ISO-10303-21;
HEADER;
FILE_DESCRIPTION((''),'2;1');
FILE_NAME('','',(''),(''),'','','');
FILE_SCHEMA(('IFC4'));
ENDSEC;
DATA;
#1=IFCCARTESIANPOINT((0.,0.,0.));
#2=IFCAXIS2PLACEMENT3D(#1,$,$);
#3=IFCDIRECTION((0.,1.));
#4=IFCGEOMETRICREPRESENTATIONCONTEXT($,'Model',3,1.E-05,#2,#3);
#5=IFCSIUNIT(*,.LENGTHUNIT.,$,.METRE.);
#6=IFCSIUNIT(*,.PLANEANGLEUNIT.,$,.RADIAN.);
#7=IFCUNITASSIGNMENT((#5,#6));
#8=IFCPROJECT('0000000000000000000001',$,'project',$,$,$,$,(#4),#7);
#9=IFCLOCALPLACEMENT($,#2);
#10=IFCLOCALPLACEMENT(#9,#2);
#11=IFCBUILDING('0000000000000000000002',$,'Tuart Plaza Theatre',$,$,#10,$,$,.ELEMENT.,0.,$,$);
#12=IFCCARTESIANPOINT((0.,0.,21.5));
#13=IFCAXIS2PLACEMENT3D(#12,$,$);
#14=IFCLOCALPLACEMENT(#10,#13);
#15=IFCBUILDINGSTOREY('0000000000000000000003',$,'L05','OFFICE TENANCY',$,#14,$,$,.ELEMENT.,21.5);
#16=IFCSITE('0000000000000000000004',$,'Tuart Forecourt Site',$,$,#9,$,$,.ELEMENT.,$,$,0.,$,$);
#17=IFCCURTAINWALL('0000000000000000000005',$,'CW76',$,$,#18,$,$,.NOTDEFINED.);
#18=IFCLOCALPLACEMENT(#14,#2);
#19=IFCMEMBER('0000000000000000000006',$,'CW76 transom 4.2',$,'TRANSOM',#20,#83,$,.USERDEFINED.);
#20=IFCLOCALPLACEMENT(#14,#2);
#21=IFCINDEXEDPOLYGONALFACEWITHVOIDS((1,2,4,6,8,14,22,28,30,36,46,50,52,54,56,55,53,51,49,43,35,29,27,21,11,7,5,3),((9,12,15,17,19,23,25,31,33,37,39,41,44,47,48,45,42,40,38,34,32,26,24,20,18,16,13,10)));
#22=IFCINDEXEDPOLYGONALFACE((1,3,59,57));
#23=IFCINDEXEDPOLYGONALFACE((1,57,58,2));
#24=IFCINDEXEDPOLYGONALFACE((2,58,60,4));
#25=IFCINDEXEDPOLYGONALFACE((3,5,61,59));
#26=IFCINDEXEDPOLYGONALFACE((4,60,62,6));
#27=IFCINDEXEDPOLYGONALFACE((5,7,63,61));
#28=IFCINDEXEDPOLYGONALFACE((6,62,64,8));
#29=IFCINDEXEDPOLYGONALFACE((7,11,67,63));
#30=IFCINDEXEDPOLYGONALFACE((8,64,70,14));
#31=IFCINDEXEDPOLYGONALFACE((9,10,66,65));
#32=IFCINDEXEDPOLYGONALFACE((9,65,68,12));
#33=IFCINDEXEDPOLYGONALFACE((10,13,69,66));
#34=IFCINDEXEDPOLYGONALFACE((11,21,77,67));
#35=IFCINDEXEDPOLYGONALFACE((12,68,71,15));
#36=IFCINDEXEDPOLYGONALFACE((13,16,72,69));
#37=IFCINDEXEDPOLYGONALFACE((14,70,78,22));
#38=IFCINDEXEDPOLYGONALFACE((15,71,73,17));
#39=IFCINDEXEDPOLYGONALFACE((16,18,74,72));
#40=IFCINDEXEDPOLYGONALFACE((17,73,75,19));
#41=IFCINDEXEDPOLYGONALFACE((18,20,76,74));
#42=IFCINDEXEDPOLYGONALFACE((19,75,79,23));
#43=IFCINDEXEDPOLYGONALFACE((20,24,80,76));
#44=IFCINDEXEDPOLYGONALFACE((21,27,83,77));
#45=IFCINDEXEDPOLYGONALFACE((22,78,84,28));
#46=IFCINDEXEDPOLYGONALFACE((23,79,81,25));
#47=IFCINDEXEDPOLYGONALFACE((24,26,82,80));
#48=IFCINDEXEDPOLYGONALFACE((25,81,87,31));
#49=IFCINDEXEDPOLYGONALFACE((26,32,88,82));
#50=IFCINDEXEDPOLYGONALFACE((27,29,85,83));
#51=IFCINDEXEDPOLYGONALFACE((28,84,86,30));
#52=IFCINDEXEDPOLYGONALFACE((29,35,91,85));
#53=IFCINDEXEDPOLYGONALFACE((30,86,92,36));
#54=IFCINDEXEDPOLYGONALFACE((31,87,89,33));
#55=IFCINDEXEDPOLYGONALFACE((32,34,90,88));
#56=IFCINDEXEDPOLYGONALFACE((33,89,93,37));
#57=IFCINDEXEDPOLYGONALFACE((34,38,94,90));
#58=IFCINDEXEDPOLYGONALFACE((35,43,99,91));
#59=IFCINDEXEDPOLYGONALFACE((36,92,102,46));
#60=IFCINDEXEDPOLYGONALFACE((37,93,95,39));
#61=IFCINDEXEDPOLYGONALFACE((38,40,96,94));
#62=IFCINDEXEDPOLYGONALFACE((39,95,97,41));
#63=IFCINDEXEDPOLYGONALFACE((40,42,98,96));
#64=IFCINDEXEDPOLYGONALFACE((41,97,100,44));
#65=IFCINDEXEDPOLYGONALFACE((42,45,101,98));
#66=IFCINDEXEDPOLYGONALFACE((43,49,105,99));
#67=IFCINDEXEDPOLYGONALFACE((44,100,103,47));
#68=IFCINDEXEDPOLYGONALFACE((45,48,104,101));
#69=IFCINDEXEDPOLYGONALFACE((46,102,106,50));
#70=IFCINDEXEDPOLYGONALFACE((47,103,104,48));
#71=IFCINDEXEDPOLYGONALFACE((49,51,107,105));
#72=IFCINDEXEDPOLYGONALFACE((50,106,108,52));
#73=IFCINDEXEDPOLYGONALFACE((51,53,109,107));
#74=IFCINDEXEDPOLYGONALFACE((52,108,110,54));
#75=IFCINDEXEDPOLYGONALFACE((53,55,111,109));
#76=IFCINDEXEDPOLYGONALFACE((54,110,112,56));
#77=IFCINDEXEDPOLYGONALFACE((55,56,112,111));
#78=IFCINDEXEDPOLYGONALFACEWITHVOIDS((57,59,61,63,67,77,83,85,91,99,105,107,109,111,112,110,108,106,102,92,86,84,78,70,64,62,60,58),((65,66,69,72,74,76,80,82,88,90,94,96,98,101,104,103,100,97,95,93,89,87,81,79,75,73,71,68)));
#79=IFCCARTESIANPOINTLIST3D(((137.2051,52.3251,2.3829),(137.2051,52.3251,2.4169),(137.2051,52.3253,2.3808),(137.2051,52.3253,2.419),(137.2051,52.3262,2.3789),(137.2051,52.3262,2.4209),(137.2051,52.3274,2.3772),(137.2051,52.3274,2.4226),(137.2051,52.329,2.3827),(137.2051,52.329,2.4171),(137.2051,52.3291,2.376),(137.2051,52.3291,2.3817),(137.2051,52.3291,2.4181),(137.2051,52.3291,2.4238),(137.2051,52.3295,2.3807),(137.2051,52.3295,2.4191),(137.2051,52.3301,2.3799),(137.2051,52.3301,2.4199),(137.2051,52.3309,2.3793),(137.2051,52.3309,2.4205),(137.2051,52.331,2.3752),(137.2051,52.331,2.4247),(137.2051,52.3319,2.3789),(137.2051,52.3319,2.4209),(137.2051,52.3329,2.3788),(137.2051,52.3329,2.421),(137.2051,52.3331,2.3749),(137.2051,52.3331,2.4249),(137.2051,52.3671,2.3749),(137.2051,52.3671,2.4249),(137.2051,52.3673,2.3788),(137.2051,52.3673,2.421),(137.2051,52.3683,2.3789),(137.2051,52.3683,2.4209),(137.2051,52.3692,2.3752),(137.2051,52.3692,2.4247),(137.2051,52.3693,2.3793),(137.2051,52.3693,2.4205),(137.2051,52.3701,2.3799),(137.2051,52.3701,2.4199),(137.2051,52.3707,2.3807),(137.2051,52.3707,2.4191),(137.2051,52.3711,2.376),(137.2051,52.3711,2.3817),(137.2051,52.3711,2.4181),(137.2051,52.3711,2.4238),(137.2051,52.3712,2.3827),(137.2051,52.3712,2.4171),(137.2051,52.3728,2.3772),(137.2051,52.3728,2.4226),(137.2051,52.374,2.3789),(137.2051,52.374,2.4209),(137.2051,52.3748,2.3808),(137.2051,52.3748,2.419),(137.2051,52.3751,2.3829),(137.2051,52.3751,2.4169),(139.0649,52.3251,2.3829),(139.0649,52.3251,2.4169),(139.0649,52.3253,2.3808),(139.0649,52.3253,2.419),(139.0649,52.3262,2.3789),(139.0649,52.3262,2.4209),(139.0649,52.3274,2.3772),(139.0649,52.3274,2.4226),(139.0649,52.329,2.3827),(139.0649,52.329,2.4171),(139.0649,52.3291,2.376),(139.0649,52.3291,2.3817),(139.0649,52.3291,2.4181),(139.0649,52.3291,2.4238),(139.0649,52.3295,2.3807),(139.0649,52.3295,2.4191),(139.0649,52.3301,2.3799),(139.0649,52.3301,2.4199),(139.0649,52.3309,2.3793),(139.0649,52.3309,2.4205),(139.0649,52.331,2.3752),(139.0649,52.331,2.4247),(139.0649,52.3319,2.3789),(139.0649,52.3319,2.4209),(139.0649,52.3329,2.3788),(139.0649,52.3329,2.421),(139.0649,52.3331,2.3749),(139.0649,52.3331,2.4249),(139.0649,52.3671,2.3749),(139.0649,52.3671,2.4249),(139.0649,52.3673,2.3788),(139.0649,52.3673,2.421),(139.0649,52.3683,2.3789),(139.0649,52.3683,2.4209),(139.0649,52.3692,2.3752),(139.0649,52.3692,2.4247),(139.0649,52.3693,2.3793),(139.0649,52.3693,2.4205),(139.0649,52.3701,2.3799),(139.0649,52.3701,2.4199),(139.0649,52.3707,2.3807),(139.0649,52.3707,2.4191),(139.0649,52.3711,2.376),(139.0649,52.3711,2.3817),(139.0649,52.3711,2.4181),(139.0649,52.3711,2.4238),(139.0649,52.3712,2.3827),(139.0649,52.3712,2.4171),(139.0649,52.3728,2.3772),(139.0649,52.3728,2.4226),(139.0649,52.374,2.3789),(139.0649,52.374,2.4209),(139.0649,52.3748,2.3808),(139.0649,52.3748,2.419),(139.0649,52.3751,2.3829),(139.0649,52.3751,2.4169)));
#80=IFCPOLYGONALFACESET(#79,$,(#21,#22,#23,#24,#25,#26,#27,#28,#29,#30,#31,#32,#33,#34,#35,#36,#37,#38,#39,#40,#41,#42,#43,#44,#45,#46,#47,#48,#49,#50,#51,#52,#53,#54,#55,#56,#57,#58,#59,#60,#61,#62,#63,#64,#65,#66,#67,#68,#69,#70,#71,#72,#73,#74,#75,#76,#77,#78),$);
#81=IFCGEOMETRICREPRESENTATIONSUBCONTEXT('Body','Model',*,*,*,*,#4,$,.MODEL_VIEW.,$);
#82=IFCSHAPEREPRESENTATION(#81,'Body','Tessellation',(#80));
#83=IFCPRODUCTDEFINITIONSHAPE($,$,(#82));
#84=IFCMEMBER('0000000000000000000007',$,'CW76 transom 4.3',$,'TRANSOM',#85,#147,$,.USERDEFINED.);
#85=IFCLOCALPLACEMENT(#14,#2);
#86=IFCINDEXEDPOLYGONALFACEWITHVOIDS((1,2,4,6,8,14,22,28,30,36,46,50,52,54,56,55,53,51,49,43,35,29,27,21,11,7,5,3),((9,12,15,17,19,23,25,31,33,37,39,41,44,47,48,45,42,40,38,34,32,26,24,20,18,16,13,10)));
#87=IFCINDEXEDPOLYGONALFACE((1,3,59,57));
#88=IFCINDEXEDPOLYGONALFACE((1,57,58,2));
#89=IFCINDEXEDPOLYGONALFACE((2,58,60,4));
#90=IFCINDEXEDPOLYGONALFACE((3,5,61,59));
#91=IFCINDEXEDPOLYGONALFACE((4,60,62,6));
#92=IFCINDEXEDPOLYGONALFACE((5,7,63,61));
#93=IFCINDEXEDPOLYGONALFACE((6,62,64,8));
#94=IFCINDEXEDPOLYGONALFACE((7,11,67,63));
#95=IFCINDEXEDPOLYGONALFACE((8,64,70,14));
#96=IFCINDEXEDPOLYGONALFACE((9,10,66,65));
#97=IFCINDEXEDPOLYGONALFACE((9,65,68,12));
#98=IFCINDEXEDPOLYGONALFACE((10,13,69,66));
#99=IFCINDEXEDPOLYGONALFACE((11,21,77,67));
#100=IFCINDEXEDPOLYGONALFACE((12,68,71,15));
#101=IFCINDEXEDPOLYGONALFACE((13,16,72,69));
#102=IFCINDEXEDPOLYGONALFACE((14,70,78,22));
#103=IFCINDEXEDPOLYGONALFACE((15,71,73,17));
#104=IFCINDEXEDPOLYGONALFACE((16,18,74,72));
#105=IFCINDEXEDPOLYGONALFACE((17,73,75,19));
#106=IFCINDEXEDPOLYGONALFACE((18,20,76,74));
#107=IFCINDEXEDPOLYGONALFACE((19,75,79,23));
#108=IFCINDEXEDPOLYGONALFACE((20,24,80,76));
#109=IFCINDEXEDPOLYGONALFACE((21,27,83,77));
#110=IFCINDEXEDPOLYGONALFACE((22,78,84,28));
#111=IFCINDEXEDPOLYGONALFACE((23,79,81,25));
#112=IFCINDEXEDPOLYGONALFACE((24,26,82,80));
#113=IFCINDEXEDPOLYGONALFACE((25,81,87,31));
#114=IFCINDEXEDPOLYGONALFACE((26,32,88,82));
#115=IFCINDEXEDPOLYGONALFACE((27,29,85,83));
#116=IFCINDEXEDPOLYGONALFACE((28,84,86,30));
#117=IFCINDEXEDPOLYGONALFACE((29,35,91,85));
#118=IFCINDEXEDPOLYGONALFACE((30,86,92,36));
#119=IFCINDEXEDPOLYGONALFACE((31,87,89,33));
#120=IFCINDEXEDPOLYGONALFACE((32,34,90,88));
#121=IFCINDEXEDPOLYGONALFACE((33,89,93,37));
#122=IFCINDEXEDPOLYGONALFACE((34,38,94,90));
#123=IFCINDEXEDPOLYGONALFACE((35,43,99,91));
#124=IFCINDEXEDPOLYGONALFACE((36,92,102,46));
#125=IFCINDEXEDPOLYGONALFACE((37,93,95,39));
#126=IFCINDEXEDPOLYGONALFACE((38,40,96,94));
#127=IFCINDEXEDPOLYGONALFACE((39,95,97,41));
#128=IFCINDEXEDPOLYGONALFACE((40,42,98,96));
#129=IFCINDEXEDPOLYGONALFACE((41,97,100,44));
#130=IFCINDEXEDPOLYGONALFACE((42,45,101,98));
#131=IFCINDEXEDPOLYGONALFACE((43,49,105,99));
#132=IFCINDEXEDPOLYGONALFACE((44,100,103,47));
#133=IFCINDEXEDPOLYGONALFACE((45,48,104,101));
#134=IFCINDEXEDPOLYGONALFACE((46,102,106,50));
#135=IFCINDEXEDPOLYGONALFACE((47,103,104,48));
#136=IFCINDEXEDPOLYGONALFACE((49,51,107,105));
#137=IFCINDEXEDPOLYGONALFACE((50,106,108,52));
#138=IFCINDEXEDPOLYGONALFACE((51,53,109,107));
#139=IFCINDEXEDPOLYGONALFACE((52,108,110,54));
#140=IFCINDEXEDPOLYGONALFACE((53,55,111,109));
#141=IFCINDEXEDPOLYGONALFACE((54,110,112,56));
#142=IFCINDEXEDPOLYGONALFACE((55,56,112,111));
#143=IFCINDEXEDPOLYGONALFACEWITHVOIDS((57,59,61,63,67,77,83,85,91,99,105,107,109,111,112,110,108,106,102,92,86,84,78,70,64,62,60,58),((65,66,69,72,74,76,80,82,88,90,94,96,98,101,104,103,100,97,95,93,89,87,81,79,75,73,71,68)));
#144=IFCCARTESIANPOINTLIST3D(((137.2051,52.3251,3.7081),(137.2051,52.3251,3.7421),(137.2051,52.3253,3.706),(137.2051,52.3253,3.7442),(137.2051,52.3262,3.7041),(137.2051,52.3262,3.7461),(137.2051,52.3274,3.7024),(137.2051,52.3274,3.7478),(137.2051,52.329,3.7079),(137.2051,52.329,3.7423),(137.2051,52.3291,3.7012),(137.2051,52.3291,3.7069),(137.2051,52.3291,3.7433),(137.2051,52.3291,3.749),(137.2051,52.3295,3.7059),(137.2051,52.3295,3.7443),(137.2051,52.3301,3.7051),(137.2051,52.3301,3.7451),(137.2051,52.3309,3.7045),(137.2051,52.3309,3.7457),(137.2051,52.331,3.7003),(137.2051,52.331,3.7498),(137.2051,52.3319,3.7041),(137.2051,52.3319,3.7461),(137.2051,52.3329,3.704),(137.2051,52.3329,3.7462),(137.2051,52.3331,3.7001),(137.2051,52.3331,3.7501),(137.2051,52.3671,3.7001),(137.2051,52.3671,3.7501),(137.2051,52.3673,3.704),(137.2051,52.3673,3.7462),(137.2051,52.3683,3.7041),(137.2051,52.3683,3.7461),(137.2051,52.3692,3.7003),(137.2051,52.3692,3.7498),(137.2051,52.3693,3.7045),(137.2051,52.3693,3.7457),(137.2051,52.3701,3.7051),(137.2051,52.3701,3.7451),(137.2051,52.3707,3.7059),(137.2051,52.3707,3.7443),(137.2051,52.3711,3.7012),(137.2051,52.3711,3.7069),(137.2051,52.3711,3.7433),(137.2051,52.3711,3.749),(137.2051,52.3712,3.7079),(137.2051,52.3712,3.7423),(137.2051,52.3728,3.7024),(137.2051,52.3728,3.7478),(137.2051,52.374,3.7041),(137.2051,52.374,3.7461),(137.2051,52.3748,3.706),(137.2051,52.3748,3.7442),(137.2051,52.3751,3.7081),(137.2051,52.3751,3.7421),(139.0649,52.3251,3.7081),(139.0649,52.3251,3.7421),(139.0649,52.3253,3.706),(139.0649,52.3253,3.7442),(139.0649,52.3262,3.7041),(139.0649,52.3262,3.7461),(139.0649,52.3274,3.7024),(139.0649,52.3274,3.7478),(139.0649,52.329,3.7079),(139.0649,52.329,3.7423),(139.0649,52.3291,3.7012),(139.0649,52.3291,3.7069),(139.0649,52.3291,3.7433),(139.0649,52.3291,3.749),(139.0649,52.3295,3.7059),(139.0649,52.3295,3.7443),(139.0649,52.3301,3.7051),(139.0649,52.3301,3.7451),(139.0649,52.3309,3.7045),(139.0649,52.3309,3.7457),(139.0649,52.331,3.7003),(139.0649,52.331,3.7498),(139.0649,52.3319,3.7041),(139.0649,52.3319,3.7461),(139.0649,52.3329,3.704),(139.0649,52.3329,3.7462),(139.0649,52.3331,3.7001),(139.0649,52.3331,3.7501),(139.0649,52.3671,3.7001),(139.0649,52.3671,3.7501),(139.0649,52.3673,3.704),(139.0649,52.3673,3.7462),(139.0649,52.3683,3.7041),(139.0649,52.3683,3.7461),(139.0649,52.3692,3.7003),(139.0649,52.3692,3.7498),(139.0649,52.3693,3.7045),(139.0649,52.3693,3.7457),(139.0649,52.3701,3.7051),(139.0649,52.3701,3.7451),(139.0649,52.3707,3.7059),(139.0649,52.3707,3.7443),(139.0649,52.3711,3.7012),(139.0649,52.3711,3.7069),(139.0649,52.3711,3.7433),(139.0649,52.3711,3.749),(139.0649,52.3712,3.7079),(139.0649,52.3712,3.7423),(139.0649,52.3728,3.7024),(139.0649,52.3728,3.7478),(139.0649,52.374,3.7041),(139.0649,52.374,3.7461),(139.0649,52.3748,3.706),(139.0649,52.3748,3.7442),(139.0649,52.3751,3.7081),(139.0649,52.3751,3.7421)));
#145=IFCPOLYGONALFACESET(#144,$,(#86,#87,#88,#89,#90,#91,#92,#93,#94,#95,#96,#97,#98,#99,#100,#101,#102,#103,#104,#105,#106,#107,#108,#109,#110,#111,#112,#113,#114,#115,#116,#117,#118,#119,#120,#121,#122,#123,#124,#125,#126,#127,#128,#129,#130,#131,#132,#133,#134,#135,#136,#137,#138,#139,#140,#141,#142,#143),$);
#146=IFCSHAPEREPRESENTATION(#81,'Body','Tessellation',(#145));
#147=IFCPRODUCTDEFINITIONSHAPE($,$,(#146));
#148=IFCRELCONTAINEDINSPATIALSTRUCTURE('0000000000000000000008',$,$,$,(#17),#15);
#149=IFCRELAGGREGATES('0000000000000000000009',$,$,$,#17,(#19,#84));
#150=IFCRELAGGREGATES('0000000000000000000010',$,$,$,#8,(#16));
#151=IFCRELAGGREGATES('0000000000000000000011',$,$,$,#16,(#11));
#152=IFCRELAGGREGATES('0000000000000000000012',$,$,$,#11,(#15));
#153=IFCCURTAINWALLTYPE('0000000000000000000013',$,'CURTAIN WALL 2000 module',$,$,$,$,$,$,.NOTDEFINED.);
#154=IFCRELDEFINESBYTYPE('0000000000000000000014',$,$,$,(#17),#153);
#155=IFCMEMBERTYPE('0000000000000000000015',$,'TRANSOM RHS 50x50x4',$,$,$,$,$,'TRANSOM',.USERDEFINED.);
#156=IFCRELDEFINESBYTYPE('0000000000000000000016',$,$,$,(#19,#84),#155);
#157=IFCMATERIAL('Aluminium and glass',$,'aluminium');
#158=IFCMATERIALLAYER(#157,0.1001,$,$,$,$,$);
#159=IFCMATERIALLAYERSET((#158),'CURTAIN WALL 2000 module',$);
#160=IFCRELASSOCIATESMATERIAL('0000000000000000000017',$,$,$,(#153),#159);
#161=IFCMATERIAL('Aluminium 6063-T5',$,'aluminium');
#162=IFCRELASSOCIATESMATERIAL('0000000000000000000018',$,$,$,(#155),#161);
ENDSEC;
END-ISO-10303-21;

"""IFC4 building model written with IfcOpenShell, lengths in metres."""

from ifc_helpers import new_model, si_unit, direction, frame, origin, origin_2d, place, context, subcontext, project, spatial, hollow_rectangle, extrude, material, layer, layer_set, material_profile, profile_set, type_object, element, aggregate, save


model = new_model("IFC4")

# Units and contexts
model_context = context("Model", 3, precision=1e-05, world=origin(), true_north=direction((0.0, 1.0)))
body_context = subcontext(model_context, "Body", "Model", "MODEL_VIEW")
ifc_project = project(units=[si_unit("LENGTHUNIT", "METRE"), si_unit("PLANEANGLEUNIT", "RADIAN")], contexts=[model_context])

# Site, building, storey
site_placement = place(None, origin())
site = spatial("IfcSite", under=ifc_project, at=site_placement, Name="Tuart Forecourt Site", CompositionType="ELEMENT", RefElevation=0.0)
building_placement = place(site_placement, origin())
building = spatial("IfcBuilding", under=site, at=building_placement, Name="Tuart Plaza Theatre", CompositionType="ELEMENT", ElevationOfRefHeight=0.0)
storey_placement = place(building_placement, frame((0.0, 0.0, 21.5)))
storey = spatial("IfcBuildingStorey", under=building, at=storey_placement, Name="L05", Description="OFFICE TENANCY", CompositionType="ELEMENT", Elevation=21.5)

# Curtain wall, members
ifc_material_1 = material(Name="Aluminium and glass", Category="aluminium")
ifc_layer_1 = layer(ifc_material_1, 0.1001)
ifc_layer_set_1 = layer_set([ifc_layer_1], Name="CURTAIN WALL 2000 module")
curtain_wall_type = type_object("IfcCurtainWallType", Name="CURTAIN WALL 2000 module", PredefinedType="NOTDEFINED", material=ifc_layer_set_1)
curtain_wall_placement = place(storey_placement, origin())
curtain_wall = element("IfcCurtainWall", 1, at=curtain_wall_placement, inside=storey, type_object=curtain_wall_type, Name="CW76", PredefinedType="NOTDEFINED")
ifc_material_2 = material(Name="Aluminium 6063-T5", Category="aluminium")
ifc_material_profile_1 = material_profile(ifc_material_2, hollow_rectangle(XDim=0.05, YDim=0.05, WallThickness=0.0039, InnerFilletRadius=0.0039, OuterFilletRadius=0.0081, at=origin_2d()), Name="RHS 50x50x4")
ifc_profile_set_1 = profile_set([ifc_material_profile_1], Name="Aluminium 6063-T5")
member_type_1 = type_object("IfcMemberType", Name="TRANSOM RHS 50x50x4", ElementType="TRANSOM", PredefinedType="USERDEFINED", material=ifc_profile_set_1)
member_1_placement = place(storey_placement, frame((137.2051, 52.3501, 2.3999), z_axis=(1.0, 0.0, 0.0), x_axis=(0.0, 1.0, 0.0)))
member_1 = element("IfcMember", 2, at=member_1_placement, type_object=member_type_1, Name="CW76 transom 4.2", ObjectType="TRANSOM", PredefinedType="USERDEFINED", context=body_context, shape_type="SweptSolid", body=[
    extrude(hollow_rectangle(XDim=0.05, YDim=0.05, WallThickness=0.0039, InnerFilletRadius=0.0039, OuterFilletRadius=0.0081, at=origin_2d()), origin(), (0.0, 0.0, 1.0), 1.8599),
])
member_2_placement = place(storey_placement, frame((137.2051, 52.3501, 3.7251), z_axis=(1.0, 0.0, 0.0), x_axis=(0.0, 1.0, 0.0)))
member_2 = element("IfcMember", 3, at=member_2_placement, type_object=member_type_1, Name="CW76 transom 4.3", ObjectType="TRANSOM", PredefinedType="USERDEFINED", context=body_context, shape_type="SweptSolid", body=[
    extrude(hollow_rectangle(XDim=0.05, YDim=0.05, WallThickness=0.0039, InnerFilletRadius=0.0039, OuterFilletRadius=0.0081, at=origin_2d()), origin(), (0.0, 0.0, 1.0), 1.8599),
])
aggregate(curtain_wall, [member_1, member_2])

save(model, "model.ifc")
